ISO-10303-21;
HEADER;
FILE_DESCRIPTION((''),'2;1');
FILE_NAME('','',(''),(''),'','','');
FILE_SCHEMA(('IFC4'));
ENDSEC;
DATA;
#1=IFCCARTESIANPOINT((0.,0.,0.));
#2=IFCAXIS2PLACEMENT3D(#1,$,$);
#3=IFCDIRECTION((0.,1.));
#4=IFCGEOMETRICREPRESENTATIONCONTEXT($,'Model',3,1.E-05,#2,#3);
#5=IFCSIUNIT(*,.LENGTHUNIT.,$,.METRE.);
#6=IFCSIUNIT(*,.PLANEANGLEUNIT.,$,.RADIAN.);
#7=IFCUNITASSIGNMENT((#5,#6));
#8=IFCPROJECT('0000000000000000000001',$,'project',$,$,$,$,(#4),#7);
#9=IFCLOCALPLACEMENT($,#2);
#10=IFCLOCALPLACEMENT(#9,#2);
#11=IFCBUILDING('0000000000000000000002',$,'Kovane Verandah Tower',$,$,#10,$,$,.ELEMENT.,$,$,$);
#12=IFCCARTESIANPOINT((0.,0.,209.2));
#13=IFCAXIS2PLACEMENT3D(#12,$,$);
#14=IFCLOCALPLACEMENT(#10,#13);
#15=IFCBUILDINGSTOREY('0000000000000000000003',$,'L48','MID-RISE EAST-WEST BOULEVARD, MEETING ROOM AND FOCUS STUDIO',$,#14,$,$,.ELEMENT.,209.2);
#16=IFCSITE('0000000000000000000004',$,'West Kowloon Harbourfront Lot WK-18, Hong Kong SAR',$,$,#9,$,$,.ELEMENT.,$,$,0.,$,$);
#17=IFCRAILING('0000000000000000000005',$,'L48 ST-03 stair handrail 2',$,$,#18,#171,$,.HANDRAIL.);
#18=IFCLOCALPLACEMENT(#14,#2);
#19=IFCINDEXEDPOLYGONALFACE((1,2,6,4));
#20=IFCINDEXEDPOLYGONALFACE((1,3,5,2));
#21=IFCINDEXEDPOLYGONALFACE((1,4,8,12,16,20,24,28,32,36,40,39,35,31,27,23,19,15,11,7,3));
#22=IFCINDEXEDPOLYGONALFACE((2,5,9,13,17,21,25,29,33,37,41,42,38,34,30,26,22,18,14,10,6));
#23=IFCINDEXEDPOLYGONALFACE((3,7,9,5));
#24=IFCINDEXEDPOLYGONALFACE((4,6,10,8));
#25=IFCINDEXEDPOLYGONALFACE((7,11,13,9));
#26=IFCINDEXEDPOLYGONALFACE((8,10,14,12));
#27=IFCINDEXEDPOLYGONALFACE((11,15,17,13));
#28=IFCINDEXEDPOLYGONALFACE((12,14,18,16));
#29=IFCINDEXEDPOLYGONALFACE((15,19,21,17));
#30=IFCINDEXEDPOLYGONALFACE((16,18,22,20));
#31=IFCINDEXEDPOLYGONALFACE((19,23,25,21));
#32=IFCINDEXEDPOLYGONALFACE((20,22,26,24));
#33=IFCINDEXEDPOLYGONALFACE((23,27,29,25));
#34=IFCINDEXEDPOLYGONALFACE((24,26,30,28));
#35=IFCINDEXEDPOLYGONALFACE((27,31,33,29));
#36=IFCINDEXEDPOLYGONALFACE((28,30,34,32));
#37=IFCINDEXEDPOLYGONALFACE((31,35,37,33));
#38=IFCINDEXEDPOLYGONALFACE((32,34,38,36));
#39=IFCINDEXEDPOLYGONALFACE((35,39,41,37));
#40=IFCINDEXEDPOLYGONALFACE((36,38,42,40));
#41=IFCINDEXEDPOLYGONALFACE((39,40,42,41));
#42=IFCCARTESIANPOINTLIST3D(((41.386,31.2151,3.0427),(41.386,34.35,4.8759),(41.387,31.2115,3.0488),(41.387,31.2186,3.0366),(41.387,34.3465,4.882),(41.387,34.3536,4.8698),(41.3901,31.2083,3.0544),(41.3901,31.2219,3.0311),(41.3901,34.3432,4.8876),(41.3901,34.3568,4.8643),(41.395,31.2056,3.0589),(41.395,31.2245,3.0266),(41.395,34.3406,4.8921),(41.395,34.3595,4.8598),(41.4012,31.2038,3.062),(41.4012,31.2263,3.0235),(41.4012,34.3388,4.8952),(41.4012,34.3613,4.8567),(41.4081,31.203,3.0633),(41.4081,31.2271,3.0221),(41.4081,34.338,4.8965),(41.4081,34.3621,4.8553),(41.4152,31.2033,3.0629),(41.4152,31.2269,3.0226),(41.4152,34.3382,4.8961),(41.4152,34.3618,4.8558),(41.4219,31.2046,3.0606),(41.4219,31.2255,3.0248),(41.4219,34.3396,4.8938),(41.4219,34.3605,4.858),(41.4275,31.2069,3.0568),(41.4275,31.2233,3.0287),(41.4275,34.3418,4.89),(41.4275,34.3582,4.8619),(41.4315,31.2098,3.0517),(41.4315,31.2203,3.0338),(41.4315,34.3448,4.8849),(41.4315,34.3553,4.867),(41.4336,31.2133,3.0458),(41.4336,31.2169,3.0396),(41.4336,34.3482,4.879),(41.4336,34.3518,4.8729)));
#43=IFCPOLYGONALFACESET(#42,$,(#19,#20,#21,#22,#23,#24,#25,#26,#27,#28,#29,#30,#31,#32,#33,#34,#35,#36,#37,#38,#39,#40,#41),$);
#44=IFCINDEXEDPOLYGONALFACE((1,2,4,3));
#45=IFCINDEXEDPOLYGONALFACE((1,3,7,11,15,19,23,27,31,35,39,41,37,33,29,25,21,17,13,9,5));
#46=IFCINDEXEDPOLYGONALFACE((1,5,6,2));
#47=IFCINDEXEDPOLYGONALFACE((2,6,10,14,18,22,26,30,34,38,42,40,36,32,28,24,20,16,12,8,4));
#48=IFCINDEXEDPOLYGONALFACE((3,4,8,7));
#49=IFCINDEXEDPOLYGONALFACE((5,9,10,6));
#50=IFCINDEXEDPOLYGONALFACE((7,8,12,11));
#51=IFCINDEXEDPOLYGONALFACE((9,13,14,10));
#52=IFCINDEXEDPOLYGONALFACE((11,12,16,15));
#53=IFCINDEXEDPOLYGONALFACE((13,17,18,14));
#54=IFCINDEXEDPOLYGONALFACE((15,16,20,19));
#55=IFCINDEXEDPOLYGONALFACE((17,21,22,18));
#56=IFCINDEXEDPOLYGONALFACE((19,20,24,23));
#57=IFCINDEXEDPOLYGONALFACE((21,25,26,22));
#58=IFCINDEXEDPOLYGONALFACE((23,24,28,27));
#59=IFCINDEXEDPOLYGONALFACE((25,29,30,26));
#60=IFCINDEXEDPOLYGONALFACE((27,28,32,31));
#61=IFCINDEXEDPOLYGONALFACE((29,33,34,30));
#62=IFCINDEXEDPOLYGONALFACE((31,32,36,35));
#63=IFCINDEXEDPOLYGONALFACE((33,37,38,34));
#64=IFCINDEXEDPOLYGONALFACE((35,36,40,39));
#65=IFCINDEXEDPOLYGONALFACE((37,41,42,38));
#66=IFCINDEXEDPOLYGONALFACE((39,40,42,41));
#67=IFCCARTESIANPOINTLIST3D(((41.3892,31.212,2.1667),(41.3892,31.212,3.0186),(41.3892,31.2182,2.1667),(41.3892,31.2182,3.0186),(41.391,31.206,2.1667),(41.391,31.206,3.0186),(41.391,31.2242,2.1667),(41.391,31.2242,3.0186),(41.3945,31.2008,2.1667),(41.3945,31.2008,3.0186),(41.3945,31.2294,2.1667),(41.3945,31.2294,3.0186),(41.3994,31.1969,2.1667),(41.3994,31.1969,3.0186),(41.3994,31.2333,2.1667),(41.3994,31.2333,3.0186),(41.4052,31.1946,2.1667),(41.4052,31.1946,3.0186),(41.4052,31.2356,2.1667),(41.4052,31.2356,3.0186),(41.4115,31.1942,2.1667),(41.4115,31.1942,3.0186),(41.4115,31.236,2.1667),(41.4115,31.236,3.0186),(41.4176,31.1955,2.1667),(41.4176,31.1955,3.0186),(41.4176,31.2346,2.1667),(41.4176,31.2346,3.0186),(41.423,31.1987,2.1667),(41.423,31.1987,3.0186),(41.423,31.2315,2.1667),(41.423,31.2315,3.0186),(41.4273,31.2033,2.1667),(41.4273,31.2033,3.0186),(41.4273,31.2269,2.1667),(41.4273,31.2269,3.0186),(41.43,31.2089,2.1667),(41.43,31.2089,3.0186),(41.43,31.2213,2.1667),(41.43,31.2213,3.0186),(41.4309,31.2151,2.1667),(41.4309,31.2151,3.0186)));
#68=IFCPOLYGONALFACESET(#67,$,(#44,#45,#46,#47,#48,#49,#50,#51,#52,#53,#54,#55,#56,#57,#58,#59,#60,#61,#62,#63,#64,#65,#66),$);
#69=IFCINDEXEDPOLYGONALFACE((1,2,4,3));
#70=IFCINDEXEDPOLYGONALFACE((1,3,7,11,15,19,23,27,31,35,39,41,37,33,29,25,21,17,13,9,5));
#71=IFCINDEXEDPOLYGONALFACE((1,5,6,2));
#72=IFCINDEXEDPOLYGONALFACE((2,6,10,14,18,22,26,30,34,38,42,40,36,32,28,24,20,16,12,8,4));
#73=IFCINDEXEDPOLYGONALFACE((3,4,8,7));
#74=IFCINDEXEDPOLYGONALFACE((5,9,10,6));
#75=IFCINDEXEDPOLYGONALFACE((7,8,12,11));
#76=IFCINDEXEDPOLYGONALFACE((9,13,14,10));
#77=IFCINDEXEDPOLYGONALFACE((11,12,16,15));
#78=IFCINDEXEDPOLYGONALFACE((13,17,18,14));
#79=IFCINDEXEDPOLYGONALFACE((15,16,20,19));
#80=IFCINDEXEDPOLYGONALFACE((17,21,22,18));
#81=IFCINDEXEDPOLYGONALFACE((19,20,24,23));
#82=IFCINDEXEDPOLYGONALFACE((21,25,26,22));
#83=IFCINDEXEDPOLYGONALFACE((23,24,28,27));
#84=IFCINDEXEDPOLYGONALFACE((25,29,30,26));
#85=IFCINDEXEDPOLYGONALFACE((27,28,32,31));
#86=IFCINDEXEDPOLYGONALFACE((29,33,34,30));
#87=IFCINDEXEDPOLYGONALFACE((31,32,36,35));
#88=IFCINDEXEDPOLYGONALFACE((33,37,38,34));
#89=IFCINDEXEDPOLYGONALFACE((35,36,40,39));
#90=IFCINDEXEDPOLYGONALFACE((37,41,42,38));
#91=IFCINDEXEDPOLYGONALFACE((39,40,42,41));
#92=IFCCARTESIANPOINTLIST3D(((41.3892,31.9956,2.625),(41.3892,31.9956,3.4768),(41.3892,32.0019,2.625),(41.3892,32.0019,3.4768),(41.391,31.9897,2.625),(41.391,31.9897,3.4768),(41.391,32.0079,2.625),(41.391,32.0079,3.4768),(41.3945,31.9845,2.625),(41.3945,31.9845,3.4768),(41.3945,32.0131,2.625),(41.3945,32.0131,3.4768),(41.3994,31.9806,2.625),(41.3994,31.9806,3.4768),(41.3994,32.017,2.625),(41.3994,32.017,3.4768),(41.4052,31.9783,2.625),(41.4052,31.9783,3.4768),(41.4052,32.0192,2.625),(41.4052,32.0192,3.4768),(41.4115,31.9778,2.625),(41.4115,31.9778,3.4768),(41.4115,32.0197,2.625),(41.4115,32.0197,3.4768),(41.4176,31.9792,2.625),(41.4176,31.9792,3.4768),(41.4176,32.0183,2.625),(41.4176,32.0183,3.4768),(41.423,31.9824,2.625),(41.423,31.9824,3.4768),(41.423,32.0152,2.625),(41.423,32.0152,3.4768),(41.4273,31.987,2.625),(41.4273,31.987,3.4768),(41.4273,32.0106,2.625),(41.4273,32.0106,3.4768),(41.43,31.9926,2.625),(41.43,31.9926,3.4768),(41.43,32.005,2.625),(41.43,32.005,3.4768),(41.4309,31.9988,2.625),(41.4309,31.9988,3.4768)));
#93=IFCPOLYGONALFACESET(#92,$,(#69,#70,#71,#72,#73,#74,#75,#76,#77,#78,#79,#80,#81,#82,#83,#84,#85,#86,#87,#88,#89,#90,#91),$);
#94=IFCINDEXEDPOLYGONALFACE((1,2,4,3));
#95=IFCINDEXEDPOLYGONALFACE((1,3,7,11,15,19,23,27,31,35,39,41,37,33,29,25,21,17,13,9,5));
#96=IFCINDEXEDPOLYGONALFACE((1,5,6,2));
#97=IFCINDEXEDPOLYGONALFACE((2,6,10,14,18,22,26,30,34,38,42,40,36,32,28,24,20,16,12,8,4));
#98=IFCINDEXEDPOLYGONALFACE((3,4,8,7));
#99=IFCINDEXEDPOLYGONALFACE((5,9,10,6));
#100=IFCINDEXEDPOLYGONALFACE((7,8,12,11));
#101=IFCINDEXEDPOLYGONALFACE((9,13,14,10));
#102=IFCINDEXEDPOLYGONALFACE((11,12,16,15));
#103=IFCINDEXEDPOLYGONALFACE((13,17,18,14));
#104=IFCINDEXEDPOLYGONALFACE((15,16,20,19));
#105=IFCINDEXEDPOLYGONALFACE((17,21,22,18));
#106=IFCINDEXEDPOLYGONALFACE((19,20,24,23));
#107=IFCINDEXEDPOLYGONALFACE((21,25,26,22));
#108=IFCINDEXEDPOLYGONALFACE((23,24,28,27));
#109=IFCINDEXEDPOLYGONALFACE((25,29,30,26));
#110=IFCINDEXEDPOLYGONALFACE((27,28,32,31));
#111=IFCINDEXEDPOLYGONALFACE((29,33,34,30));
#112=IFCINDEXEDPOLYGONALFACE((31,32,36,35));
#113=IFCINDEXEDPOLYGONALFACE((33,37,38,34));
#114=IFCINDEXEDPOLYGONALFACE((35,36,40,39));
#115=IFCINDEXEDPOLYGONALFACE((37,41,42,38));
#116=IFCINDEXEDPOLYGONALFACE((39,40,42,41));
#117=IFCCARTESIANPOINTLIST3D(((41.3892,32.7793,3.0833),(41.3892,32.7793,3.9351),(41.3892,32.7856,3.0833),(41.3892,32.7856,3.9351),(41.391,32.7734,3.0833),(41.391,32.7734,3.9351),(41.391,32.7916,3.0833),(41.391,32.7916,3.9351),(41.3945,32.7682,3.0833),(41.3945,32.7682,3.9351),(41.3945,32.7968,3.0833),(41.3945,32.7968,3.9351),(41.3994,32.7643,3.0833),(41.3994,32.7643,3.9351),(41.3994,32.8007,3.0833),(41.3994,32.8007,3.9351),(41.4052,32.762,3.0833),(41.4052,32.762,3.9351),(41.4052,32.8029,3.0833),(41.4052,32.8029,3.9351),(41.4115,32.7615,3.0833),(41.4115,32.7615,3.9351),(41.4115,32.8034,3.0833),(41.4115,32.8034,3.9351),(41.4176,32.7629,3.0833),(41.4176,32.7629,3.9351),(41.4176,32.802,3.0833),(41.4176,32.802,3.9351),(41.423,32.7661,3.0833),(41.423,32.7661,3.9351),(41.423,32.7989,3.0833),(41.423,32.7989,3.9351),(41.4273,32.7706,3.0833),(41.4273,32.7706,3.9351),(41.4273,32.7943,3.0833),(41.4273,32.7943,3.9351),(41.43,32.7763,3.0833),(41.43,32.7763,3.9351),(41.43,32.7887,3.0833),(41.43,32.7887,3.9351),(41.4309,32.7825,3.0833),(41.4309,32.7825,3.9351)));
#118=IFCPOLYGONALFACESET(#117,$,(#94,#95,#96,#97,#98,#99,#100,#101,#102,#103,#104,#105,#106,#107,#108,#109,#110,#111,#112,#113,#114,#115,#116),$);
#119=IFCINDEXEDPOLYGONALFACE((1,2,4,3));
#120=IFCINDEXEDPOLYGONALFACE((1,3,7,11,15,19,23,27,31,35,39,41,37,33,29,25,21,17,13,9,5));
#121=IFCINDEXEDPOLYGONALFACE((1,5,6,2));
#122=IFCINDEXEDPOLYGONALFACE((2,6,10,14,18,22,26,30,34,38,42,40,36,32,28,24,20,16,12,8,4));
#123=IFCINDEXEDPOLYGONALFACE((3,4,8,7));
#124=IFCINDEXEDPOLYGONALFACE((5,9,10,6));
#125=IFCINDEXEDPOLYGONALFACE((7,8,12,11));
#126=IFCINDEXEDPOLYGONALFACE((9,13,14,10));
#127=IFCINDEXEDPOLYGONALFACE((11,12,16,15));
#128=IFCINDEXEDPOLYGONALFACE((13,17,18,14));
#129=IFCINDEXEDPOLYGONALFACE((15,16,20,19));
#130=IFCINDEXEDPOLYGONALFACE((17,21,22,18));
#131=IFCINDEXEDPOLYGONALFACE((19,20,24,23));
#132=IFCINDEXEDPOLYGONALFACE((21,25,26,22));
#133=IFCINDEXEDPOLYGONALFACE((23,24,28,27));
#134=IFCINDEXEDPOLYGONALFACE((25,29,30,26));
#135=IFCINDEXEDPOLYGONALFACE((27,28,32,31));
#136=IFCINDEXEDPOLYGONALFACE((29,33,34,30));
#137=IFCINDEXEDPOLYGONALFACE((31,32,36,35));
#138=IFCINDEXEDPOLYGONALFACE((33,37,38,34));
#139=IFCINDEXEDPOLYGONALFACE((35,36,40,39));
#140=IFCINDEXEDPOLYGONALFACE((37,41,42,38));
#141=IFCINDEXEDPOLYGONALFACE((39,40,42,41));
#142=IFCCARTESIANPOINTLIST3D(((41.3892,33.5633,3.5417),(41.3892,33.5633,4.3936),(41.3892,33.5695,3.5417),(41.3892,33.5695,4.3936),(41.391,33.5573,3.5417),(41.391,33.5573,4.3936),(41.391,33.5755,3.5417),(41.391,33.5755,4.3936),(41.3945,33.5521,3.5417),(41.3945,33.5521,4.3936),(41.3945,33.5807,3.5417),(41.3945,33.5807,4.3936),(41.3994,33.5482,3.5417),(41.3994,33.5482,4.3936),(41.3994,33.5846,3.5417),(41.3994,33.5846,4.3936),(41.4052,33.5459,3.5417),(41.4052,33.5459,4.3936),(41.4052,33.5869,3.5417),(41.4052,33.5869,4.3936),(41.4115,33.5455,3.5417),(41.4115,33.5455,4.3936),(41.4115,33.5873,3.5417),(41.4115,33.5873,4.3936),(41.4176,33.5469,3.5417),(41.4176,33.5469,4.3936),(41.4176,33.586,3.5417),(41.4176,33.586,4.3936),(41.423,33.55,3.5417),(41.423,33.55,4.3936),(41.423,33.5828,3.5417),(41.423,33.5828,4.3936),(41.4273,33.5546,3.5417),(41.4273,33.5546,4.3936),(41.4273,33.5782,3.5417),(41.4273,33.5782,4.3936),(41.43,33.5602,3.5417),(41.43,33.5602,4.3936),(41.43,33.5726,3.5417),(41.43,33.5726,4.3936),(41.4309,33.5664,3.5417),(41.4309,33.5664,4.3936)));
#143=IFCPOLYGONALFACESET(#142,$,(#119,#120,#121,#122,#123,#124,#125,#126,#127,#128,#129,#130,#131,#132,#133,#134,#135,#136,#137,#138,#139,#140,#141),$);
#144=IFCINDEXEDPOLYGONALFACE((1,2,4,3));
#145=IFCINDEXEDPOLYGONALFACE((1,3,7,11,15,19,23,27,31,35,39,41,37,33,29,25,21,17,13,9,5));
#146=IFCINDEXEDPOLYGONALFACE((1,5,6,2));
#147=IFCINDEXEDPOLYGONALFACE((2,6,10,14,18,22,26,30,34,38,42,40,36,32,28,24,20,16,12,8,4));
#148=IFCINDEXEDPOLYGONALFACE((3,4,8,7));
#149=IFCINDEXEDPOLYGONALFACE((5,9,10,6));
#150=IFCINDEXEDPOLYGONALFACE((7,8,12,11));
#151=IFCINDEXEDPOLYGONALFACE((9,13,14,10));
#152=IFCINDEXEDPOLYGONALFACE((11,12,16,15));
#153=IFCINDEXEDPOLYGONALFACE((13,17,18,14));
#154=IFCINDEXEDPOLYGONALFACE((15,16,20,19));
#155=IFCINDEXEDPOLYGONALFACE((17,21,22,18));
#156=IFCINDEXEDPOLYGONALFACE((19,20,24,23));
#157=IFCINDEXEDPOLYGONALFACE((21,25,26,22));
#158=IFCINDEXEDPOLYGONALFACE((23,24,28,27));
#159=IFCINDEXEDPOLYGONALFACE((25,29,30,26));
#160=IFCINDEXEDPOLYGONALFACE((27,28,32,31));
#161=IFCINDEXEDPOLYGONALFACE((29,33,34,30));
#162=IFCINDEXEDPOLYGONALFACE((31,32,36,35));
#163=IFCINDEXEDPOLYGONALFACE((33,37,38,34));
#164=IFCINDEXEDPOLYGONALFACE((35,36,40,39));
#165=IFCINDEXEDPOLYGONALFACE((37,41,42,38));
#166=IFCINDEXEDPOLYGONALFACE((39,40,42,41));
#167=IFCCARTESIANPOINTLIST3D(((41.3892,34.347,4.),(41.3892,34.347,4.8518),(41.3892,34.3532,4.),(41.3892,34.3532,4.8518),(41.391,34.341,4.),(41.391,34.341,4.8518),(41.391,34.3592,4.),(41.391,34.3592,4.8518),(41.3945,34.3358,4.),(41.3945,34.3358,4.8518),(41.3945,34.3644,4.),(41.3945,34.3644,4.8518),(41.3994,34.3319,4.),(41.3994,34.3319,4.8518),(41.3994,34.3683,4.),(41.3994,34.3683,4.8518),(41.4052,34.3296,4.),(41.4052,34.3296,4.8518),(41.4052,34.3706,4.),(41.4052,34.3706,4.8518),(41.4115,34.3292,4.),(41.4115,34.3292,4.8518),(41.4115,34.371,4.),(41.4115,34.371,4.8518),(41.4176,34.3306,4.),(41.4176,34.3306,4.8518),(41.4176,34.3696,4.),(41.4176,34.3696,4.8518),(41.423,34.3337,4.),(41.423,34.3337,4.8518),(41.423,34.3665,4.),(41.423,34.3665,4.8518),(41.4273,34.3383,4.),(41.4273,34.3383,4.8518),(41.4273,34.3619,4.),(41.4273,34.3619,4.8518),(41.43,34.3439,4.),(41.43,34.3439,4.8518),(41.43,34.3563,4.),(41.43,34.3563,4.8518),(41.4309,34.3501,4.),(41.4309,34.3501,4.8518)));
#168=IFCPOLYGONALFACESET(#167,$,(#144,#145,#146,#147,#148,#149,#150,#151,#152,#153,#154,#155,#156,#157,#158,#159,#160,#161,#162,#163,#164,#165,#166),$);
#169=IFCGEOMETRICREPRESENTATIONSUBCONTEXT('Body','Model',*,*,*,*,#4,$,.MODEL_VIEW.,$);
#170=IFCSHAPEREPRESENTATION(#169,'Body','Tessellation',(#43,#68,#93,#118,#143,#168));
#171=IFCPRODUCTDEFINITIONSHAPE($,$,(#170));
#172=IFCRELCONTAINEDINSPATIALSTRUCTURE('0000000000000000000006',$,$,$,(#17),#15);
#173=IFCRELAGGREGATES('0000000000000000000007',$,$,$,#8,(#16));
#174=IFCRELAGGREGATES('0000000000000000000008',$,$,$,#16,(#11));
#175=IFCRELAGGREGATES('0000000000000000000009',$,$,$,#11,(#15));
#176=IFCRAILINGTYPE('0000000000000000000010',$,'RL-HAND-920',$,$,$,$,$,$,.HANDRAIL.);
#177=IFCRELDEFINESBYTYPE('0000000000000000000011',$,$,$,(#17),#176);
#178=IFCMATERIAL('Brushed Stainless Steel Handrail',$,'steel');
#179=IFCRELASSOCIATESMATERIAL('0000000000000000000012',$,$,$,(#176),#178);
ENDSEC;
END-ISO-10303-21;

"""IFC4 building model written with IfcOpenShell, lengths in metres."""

from ifc_helpers import new_model, si_unit, direction, frame, origin, origin_2d, place, context, subcontext, project, spatial, circle, extrude, material, type_object, element, save


model = new_model("IFC4")

# Units and contexts
model_context = context("Model", 3, precision=1e-05, world=origin(), true_north=direction((0.0, 1.0)))
body_context = subcontext(model_context, "Body", "Model", "MODEL_VIEW")
ifc_project = project(units=[si_unit("LENGTHUNIT", "METRE"), si_unit("PLANEANGLEUNIT", "RADIAN")], contexts=[model_context])

# Site, building, storey
site_placement = place(None, origin())
site = spatial("IfcSite", under=ifc_project, at=site_placement, Name="West Kowloon Harbourfront Lot WK-18, Hong Kong SAR", CompositionType="ELEMENT", RefElevation=0.0)
building_placement = place(site_placement, origin())
building = spatial("IfcBuilding", under=site, at=building_placement, Name="Kovane Verandah Tower", CompositionType="ELEMENT")
storey_placement = place(building_placement, frame((0.0, 0.0, 209.2)))
storey = spatial("IfcBuildingStorey", under=building, at=storey_placement, Name="L48", Description="MID-RISE EAST-WEST BOULEVARD, MEETING ROOM AND FOCUS STUDIO", CompositionType="ELEMENT", Elevation=209.2)

# Railing
ifc_material_1 = material(Name="Brushed Stainless Steel Handrail", Category="steel")
railing_type_1 = type_object("IfcRailingType", Name="RL-HAND-920", PredefinedType="HANDRAIL", material=ifc_material_1)
railing_1_placement = place(storey_placement, frame((41.4099, 31.2151, 2.1667)))
element("IfcRailing", 1, at=railing_1_placement, inside=storey, type_object=railing_type_1, Name="L48 ST-03 stair handrail 2", PredefinedType="HANDRAIL", context=body_context, shape_type="SweptSolid", body=[
    extrude(circle(Radius=0.0239, at=origin_2d()), frame((0.0, 0.0, 0.876), z_axis=(0.0, 0.86324, 0.504794), x_axis=(-1.0, 0.0, 0.0)), (0.0, 0.0, 1.0), 3.6316),
    extrude(circle(Radius=0.021, at=origin_2d()), origin(), (0.0, 0.0, 1.0), 0.8518),
    extrude(circle(Radius=0.021, at=origin_2d()), frame((0.0, 0.7837, 0.4583)), (0.0, 0.0, 1.0), 0.8518),
    extrude(circle(Radius=0.021, at=origin_2d()), frame((0.0, 1.5674, 0.9165)), (0.0, 0.0, 1.0), 0.8518),
    extrude(circle(Radius=0.021, at=origin_2d()), frame((0.0, 2.3513, 1.375)), (0.0, 0.0, 1.0), 0.8518),
    extrude(circle(Radius=0.021, at=origin_2d()), frame((0.0, 3.135, 1.8333)), (0.0, 0.0, 1.0), 0.8518),
])

save(model, "model.ifc")
